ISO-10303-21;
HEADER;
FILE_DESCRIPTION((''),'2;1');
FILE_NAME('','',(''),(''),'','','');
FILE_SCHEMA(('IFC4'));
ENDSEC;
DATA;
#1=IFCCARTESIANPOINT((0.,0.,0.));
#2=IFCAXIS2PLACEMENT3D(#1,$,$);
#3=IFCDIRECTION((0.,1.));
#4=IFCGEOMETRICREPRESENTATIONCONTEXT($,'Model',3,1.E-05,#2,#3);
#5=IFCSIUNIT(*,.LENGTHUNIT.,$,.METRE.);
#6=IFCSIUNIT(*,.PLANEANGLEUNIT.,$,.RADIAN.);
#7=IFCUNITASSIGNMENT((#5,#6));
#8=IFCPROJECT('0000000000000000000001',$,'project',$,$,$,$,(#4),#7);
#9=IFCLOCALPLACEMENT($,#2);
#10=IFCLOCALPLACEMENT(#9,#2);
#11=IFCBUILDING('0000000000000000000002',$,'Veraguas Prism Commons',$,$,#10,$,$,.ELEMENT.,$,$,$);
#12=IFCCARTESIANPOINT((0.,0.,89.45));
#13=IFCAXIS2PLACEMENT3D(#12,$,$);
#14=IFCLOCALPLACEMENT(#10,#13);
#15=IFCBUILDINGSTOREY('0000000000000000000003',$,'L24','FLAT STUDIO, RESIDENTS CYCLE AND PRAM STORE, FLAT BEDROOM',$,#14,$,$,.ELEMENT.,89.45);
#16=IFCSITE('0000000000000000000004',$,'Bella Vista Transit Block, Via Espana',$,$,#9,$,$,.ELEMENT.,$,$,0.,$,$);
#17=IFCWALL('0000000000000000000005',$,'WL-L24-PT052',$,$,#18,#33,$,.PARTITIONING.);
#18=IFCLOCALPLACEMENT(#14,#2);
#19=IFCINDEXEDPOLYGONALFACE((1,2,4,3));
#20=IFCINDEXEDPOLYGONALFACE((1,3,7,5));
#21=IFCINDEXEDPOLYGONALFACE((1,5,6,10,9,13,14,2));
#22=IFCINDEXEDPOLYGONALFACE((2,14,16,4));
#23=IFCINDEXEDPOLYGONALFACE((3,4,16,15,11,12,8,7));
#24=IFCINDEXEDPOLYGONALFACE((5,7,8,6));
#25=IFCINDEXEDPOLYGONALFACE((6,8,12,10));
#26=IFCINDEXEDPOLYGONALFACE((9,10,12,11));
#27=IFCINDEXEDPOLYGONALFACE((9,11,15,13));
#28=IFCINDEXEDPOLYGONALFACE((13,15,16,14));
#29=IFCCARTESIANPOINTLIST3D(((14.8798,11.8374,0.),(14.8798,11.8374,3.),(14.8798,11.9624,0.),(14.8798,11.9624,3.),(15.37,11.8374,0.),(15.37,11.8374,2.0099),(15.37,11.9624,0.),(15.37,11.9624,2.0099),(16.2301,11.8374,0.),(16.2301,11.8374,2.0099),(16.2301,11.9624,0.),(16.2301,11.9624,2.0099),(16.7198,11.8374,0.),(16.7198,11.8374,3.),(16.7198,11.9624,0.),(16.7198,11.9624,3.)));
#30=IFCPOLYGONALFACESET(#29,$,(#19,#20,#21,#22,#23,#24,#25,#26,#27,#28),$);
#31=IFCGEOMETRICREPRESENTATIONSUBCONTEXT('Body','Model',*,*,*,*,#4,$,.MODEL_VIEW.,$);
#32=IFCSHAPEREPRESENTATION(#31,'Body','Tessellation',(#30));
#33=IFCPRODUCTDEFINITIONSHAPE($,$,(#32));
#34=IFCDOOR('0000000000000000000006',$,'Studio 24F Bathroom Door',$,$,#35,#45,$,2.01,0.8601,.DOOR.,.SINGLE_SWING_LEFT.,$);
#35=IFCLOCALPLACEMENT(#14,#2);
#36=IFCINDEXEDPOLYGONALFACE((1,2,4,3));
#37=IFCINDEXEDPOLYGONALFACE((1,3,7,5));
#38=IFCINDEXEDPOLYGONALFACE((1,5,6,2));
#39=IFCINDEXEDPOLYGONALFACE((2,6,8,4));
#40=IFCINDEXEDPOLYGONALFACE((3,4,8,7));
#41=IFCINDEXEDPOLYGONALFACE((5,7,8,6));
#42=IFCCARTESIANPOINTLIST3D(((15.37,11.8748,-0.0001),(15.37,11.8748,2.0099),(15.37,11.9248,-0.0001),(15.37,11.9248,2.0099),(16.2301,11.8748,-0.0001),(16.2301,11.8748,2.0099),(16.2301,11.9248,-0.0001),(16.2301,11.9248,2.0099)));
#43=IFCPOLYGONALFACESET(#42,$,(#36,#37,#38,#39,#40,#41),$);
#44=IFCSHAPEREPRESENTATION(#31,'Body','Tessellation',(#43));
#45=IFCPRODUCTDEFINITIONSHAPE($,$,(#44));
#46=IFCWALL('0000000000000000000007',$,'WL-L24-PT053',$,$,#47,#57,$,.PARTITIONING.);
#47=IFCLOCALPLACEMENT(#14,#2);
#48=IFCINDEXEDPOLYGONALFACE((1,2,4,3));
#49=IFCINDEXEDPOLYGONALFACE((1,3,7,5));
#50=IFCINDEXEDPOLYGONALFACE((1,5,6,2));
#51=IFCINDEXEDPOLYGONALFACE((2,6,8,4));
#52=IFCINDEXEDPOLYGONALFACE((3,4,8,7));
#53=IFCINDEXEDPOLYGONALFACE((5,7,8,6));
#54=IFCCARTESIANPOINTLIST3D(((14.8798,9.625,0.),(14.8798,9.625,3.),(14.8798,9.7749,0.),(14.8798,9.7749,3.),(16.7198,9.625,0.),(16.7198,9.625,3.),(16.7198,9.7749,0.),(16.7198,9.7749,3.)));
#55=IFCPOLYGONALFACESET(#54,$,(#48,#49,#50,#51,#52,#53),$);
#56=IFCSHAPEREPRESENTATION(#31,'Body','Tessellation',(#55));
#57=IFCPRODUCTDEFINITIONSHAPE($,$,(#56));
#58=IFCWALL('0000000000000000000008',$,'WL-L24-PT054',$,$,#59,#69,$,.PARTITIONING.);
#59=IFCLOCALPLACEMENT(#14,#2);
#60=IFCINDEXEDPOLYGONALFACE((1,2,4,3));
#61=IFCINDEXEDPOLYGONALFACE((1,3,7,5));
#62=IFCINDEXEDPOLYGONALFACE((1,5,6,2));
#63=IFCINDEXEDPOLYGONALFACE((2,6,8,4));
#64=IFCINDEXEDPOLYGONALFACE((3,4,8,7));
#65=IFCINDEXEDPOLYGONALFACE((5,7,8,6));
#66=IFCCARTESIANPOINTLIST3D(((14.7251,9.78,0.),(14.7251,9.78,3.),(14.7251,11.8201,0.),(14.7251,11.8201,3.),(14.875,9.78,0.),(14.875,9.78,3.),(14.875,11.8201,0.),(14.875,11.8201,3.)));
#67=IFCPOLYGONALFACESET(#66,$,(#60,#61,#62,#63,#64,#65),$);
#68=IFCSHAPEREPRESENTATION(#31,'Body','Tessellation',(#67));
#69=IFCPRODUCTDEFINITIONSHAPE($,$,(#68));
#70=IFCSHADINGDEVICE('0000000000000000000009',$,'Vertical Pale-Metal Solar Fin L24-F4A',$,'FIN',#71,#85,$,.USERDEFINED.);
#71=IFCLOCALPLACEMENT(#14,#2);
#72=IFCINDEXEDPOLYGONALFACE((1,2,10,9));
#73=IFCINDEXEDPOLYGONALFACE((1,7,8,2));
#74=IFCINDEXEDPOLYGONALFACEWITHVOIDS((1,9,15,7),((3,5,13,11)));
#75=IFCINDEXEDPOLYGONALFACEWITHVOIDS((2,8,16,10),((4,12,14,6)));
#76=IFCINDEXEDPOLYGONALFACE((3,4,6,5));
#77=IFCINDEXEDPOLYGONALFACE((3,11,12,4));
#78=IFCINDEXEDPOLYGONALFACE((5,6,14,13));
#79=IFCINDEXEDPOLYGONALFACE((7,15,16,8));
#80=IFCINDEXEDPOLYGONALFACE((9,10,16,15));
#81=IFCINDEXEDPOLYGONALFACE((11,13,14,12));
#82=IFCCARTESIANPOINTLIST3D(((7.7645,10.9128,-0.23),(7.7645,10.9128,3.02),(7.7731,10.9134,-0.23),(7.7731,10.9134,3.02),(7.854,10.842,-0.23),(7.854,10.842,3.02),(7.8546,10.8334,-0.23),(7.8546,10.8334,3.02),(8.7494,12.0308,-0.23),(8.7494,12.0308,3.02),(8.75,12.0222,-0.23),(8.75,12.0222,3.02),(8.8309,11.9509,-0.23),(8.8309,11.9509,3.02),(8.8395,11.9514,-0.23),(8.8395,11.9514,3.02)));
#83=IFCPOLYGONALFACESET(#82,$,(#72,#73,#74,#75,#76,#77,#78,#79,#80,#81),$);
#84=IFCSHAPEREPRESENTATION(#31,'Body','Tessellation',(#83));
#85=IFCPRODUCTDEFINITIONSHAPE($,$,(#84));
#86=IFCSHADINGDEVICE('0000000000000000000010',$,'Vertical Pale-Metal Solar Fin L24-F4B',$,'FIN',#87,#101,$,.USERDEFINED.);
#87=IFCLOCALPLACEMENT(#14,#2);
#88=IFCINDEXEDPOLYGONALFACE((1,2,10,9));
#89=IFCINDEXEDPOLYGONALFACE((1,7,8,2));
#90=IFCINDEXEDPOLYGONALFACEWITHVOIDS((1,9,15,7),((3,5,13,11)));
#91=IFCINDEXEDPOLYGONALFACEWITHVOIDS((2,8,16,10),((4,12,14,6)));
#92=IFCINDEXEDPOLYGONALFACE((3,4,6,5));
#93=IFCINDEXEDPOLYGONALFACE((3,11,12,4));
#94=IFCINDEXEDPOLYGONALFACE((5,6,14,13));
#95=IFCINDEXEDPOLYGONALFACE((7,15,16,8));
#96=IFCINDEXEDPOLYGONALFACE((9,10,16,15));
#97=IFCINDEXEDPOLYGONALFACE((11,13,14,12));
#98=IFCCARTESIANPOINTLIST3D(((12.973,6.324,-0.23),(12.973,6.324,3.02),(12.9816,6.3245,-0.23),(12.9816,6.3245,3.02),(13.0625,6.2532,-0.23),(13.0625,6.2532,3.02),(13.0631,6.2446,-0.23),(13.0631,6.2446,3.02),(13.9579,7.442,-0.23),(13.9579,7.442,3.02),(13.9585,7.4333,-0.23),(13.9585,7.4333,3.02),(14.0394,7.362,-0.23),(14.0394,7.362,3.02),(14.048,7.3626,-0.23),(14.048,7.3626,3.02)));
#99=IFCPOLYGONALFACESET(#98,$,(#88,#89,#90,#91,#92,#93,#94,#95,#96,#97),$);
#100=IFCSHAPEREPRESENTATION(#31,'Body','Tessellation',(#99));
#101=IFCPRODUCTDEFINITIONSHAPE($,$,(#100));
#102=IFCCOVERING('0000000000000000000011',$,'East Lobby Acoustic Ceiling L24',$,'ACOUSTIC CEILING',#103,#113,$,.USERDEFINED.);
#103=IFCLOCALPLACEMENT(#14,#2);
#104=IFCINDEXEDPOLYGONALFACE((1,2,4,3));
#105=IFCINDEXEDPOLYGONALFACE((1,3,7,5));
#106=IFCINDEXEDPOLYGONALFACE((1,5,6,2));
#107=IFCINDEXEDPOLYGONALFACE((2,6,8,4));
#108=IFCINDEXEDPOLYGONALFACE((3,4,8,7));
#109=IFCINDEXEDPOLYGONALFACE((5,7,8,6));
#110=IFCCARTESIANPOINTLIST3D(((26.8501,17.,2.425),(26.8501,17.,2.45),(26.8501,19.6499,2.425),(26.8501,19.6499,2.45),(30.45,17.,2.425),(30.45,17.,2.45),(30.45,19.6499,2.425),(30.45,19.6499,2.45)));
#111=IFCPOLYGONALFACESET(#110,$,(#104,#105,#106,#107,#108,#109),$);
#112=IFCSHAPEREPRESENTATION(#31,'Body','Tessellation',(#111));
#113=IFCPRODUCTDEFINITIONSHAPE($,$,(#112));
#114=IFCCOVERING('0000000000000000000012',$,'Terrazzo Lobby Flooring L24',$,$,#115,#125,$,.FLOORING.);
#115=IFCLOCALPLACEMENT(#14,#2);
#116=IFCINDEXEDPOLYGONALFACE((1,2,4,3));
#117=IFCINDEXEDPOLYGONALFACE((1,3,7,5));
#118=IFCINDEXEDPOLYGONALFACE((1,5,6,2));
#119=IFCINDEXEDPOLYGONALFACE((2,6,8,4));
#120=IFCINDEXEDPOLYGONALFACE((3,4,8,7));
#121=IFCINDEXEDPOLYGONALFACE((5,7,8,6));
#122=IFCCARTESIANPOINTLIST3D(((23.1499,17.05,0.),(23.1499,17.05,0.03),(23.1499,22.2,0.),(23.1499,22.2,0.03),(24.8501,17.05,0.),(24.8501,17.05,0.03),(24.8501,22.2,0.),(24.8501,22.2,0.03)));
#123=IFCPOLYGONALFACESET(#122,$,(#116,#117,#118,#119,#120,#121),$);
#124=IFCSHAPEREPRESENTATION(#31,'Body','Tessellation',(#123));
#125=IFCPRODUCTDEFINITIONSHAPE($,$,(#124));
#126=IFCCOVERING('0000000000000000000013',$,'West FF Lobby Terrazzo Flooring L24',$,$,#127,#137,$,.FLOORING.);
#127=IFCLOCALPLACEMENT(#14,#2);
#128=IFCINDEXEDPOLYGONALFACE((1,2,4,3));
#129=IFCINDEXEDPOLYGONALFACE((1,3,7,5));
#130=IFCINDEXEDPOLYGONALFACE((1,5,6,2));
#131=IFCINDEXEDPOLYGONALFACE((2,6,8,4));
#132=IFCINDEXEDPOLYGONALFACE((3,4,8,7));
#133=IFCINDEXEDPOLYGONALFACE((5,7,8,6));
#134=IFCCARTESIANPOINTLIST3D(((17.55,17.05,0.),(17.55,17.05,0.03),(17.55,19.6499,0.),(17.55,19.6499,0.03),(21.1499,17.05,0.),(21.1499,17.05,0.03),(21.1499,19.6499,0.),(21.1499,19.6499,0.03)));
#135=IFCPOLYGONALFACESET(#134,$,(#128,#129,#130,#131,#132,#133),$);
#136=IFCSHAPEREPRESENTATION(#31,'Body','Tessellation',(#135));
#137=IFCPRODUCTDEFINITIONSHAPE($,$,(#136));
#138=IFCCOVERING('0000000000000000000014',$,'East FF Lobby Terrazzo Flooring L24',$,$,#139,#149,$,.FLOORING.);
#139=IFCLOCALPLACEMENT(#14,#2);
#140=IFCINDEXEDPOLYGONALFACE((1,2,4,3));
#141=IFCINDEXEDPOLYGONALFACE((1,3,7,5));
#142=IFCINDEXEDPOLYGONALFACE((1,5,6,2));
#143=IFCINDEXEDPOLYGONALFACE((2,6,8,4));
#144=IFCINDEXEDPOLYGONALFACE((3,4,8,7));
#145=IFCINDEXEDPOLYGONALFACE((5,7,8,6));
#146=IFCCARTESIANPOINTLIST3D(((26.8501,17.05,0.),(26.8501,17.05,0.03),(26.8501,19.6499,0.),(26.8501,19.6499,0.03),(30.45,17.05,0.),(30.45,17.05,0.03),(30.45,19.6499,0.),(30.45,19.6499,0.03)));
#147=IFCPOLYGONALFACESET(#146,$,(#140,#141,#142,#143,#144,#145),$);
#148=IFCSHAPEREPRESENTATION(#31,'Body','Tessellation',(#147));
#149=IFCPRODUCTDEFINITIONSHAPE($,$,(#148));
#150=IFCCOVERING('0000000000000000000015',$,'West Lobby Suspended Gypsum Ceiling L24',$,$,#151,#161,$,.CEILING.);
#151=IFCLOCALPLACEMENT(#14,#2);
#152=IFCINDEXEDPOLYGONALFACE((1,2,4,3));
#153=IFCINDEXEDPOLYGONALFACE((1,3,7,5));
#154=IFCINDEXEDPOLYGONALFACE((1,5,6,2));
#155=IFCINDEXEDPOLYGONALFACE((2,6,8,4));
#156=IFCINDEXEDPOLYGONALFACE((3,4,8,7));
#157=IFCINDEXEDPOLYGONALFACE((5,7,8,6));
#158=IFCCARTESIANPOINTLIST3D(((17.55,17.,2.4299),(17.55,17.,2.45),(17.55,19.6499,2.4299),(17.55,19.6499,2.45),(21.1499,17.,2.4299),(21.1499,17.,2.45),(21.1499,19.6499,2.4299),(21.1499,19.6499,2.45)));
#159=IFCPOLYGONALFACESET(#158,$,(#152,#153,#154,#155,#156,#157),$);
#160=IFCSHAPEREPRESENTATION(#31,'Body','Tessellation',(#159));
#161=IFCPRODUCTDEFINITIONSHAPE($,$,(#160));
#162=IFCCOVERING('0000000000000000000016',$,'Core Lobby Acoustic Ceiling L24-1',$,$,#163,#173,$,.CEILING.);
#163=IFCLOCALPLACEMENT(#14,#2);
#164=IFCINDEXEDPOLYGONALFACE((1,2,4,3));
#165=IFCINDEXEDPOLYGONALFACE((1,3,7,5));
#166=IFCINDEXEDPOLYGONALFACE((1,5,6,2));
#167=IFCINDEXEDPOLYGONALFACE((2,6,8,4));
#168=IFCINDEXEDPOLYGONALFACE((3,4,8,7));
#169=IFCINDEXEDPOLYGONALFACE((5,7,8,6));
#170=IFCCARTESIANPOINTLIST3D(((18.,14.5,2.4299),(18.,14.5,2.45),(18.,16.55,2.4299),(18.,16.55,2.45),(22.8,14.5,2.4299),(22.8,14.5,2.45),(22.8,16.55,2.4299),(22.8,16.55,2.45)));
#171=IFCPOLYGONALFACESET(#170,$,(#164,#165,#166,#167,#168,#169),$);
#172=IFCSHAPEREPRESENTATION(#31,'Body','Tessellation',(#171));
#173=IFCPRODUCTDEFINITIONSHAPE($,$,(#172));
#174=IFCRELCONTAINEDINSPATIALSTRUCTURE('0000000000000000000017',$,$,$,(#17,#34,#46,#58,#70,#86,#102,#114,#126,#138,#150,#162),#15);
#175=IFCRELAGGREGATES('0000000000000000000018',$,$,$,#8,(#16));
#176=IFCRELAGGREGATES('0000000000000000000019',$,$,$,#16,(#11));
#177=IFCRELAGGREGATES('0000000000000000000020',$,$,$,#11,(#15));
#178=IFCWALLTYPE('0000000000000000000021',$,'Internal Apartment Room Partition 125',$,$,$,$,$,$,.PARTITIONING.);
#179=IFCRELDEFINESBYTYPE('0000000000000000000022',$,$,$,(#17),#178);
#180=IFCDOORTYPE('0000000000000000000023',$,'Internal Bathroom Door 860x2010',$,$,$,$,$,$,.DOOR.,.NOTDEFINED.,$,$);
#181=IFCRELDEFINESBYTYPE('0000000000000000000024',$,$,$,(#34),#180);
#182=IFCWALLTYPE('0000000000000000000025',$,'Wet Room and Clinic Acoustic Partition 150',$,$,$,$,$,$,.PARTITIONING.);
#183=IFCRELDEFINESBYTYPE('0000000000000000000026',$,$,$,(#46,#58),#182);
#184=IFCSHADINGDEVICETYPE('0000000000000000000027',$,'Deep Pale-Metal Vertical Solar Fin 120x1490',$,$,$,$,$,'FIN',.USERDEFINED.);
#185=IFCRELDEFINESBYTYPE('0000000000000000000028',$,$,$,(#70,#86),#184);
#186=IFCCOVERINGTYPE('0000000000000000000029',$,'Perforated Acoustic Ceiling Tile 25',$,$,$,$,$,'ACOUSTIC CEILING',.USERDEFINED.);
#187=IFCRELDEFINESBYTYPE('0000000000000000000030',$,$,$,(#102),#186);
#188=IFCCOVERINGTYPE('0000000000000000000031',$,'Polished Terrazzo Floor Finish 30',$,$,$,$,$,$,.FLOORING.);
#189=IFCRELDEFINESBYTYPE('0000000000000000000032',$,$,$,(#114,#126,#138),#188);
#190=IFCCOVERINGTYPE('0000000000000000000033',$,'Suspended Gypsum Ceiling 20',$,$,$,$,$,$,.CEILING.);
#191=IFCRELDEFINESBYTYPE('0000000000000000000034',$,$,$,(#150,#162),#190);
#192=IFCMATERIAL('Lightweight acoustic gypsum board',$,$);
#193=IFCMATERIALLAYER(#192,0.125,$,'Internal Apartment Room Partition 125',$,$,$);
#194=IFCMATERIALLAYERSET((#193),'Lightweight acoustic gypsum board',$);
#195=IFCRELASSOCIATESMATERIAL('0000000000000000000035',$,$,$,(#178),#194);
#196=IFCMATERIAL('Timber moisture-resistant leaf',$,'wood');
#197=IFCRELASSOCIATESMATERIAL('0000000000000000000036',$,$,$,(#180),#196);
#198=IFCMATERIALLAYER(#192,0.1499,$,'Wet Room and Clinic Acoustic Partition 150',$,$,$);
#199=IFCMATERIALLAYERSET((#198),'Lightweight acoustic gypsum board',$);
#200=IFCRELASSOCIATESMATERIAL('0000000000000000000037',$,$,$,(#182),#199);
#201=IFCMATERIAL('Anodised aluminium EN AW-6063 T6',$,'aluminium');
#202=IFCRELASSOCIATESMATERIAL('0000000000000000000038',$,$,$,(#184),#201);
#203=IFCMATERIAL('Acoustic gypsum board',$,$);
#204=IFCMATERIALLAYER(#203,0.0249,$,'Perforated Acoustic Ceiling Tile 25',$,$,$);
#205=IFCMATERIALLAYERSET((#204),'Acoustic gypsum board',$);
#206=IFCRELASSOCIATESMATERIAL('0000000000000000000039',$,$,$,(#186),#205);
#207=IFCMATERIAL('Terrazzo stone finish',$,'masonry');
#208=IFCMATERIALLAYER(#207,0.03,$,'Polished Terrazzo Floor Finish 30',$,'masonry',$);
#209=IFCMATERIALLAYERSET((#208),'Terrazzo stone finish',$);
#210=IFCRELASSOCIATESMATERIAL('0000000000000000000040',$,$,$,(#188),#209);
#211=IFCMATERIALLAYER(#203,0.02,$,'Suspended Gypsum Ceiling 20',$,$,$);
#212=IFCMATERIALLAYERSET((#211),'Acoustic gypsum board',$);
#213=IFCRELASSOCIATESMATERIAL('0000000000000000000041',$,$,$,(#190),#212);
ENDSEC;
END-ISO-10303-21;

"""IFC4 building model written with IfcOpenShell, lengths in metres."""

from ifc_helpers import new_model, si_unit, direction, frame, frame_2d, origin, origin_2d, place, context, subcontext, project, spatial, polyline, rectangle, hollow_rectangle, outline, extrude, source, transform, mapped, material, layer, layer_set, material_profile, profile_set, type_object, element, fill, save


model = new_model("IFC4")

# Units and contexts
model_context = context("Model", 3, precision=1e-05, world=origin(), true_north=direction((0.0, 1.0)))
body_context = subcontext(model_context, "Body", "Model", "MODEL_VIEW")
ifc_project = project(units=[si_unit("LENGTHUNIT", "METRE"), si_unit("PLANEANGLEUNIT", "RADIAN")], contexts=[model_context])

# Site, building, storey
site_placement = place(None, origin())
site = spatial("IfcSite", under=ifc_project, at=site_placement, Name="Bella Vista Transit Block, Via Espana", CompositionType="ELEMENT", RefElevation=0.0)
building_placement = place(site_placement, origin())
building = spatial("IfcBuilding", under=site, at=building_placement, Name="Veraguas Prism Commons", CompositionType="ELEMENT")
storey_placement = place(building_placement, frame((0.0, 0.0, 89.45)))
storey = spatial("IfcBuildingStorey", under=building, at=storey_placement, Name="L24", Description="FLAT STUDIO, RESIDENTS CYCLE AND PRAM STORE, FLAT BEDROOM", CompositionType="ELEMENT", Elevation=89.45)

# Shared definitions
ifc_material_1 = material(Name="Anodised aluminium EN AW-6063 T6", Category="aluminium")

# Shared definitions
ifc_material_2 = material(Name="Lightweight acoustic gypsum board")
ifc_layer_1 = layer(ifc_material_2, 0.125, Name="Internal Apartment Room Partition 125")
ifc_layer_set_1 = layer_set([ifc_layer_1], Name="Lightweight acoustic gypsum board")
wall_type_1 = type_object("IfcWallType", Name="Internal Apartment Room Partition 125", PredefinedType="PARTITIONING", material=ifc_layer_set_1)

# Wall, opening, door
wall_1_placement = place(storey_placement, frame((14.8799, 11.8999, 0.0), z_axis=(0.0, 0.0, 1.0), x_axis=(1.0, 0.0, 0.0)))
wall_1 = element("IfcWall", 1, at=wall_1_placement, inside=storey, type_object=wall_type_1, Name="WL-L24-PT052", PredefinedType="PARTITIONING", context=body_context, shape_type="SweptSolid", body=[
    extrude(rectangle(XDim=1.8401, YDim=0.125, at=frame_2d((0.9199, 0.0))), origin(), (0.0, 0.0, 1.0), 3.0),
])
opening_1_placement = place(wall_1_placement, frame((0.49, 0.0, 0.0)))
opening_1 = element("IfcOpeningElement", 2, at=opening_1_placement, cuts=wall_1, PredefinedType="OPENING", context=body_context, shape_type="SweptSolid", body=[
    extrude(rectangle(XDim=0.8601, YDim=2.01, at=frame_2d((0.4302, 1.0049))), frame((0.0, 0.0725, 0.0), z_axis=(0.0, -1.0, 0.0), x_axis=(1.0, 0.0, 0.0)), (0.0, 0.0, 1.0), 0.145),
])
ifc_material_3 = material(Name="Timber moisture-resistant leaf", Category="wood")
door_type_1 = type_object("IfcDoorType", Name="Internal Bathroom Door 860x2010", OperationType="NOTDEFINED", PredefinedType="DOOR", material=ifc_material_3)
shared_shape_1 = source(origin(), body_context, "Body", "SweptSolid", [
    extrude(rectangle(XDim=0.8601, YDim=2.01, at=frame_2d((0.4302, 1.0049))), frame((0.0, 0.0249, 0.0), z_axis=(0.0, -1.0, 0.0), x_axis=(1.0, 0.0, 0.0)), (0.0, 0.0, 1.0), 0.05),
])
door_1_placement = place(opening_1_placement, origin())
door_1 = element("IfcDoor", 3, at=door_1_placement, inside=storey, type_object=door_type_1, Name="Studio 24F Bathroom Door", OperationType="SINGLE_SWING_LEFT", OverallHeight=2.01, OverallWidth=0.8601, PredefinedType="DOOR", context=body_context, shape_type="MappedRepresentation", body=[
    mapped(shared_shape_1, transform((0.0, 0.0, 0.0), scale=1.0)),
])
fill(opening_1, door_1)

# Walls
ifc_layer_2 = layer(ifc_material_2, 0.1499, Name="Wet Room and Clinic Acoustic Partition 150")
ifc_layer_set_2 = layer_set([ifc_layer_2], Name="Lightweight acoustic gypsum board")
wall_type_2 = type_object("IfcWallType", Name="Wet Room and Clinic Acoustic Partition 150", PredefinedType="PARTITIONING", material=ifc_layer_set_2)
wall_2_placement = place(storey_placement, frame((14.8799, 9.7, 0.0), z_axis=(0.0, 0.0, 1.0), x_axis=(1.0, 0.0, 0.0)))
element("IfcWall", 4, at=wall_2_placement, inside=storey, type_object=wall_type_2, Name="WL-L24-PT053", PredefinedType="PARTITIONING", context=body_context, shape_type="SweptSolid", body=[
    extrude(rectangle(XDim=1.8401, YDim=0.1499, at=frame_2d((0.9199, 0.0))), origin(), (0.0, 0.0, 1.0), 3.0),
])
wall_3_placement = place(storey_placement, frame((14.8, 9.78, 0.0), z_axis=(0.0, 0.0, 1.0), x_axis=(0.0, 1.0, 0.0)))
element("IfcWall", 5, at=wall_3_placement, inside=storey, type_object=wall_type_2, Name="WL-L24-PT054", PredefinedType="PARTITIONING", context=body_context, shape_type="SweptSolid", body=[
    extrude(rectangle(XDim=2.04, YDim=0.1499, at=frame_2d((1.02, 0.0))), origin(), (0.0, 0.0, 1.0), 3.0),
])

# Shading devices
ifc_material_profile_1 = material_profile(ifc_material_1, hollow_rectangle(XDim=0.1201, YDim=1.49, WallThickness=0.0061, at=origin_2d()), Name="FIN120X1490X6")
ifc_profile_set_1 = profile_set([ifc_material_profile_1], Name="Anodised aluminium EN AW-6063 T6")
shading_device_type = type_object("IfcShadingDeviceType", Name="Deep Pale-Metal Vertical Solar Fin 120x1490", ElementType="FIN", PredefinedType="USERDEFINED", material=ifc_profile_set_1)
for number, where, z_axis, x_axis, name in (
    (6, (8.302, 11.4321, -0.23), (0.0, 0.0, 1.0), (0.750338, -0.661054, 0.0), "Vertical Pale-Metal Solar Fin L24-F4A"),
    (7, (13.5105, 6.8433, -0.23), (0.0, 0.0, 1.0), (0.750338, -0.661054, 0.0), "Vertical Pale-Metal Solar Fin L24-F4B"),
):
    element("IfcShadingDevice", number, at=place(storey_placement, frame(where, z_axis=z_axis, x_axis=x_axis)), inside=storey, type_object=shading_device_type, Name=name, ObjectType="FIN", PredefinedType="USERDEFINED", context=body_context, shape_type="SweptSolid", body=[
        extrude(hollow_rectangle(XDim=0.1201, YDim=1.49, WallThickness=0.0061, at=origin_2d()), origin(), (0.0, 0.0, 1.0), 3.25),
    ])

# Coverings
ifc_material_4 = material(Name="Acoustic gypsum board")
ifc_layer_3 = layer(ifc_material_4, 0.0249, Name="Perforated Acoustic Ceiling Tile 25")
ifc_layer_set_3 = layer_set([ifc_layer_3], Name="Acoustic gypsum board")
covering_type_1 = type_object("IfcCoveringType", Name="Perforated Acoustic Ceiling Tile 25", ElementType="ACOUSTIC CEILING", PredefinedType="USERDEFINED", material=ifc_layer_set_3)
covering_1_placement = place(storey_placement, frame((0.0, 0.0, 2.425)))
element("IfcCovering", 8, at=covering_1_placement, inside=storey, type_object=covering_type_1, Name="East Lobby Acoustic Ceiling L24", ObjectType="ACOUSTIC CEILING", PredefinedType="USERDEFINED", context=body_context, shape_type="SweptSolid", body=[
    extrude(outline(polyline([(26.8501, 17.0), (30.45, 17.0), (30.45, 19.6499), (26.8501, 19.6499), (26.8501, 17.0)])), origin(), (0.0, 0.0, 1.0), 0.0249),
])
ifc_material_5 = material(Name="Terrazzo stone finish", Category="masonry")
ifc_layer_4 = layer(ifc_material_5, 0.03, Name="Polished Terrazzo Floor Finish 30", Category="masonry")
ifc_layer_set_4 = layer_set([ifc_layer_4], Name="Terrazzo stone finish")
covering_type_2 = type_object("IfcCoveringType", Name="Polished Terrazzo Floor Finish 30", PredefinedType="FLOORING", material=ifc_layer_set_4)
covering_2_placement = place(storey_placement, origin())
element("IfcCovering", 9, at=covering_2_placement, inside=storey, type_object=covering_type_2, Name="Terrazzo Lobby Flooring L24", PredefinedType="FLOORING", context=body_context, shape_type="SweptSolid", body=[
    extrude(outline(polyline([(23.1499, 17.05), (24.8501, 17.05), (24.8501, 22.2), (23.1499, 22.2), (23.1499, 17.05)])), origin(), (0.0, 0.0, 1.0), 0.03),
])
covering_3_placement = place(storey_placement, origin())
element("IfcCovering", 10, at=covering_3_placement, inside=storey, type_object=covering_type_2, Name="West FF Lobby Terrazzo Flooring L24", PredefinedType="FLOORING", context=body_context, shape_type="SweptSolid", body=[
    extrude(outline(polyline([(17.55, 17.05), (21.1499, 17.05), (21.1499, 19.6499), (17.55, 19.6499), (17.55, 17.05)])), origin(), (0.0, 0.0, 1.0), 0.03),
])
covering_4_placement = place(storey_placement, origin())
element("IfcCovering", 11, at=covering_4_placement, inside=storey, type_object=covering_type_2, Name="East FF Lobby Terrazzo Flooring L24", PredefinedType="FLOORING", context=body_context, shape_type="SweptSolid", body=[
    extrude(outline(polyline([(26.8501, 17.05), (30.45, 17.05), (30.45, 19.6499), (26.8501, 19.6499), (26.8501, 17.05)])), origin(), (0.0, 0.0, 1.0), 0.03),
])
ifc_layer_5 = layer(ifc_material_4, 0.02, Name="Suspended Gypsum Ceiling 20")
ifc_layer_set_5 = layer_set([ifc_layer_5], Name="Acoustic gypsum board")
covering_type_3 = type_object("IfcCoveringType", Name="Suspended Gypsum Ceiling 20", PredefinedType="CEILING", material=ifc_layer_set_5)
covering_5_placement = place(storey_placement, frame((0.0, 0.0, 2.4299)))
element("IfcCovering", 12, at=covering_5_placement, inside=storey, type_object=covering_type_3, Name="West Lobby Suspended Gypsum Ceiling L24", PredefinedType="CEILING", context=body_context, shape_type="SweptSolid", body=[
    extrude(outline(polyline([(17.55, 17.0), (21.1499, 17.0), (21.1499, 19.6499), (17.55, 19.6499), (17.55, 17.0)])), origin(), (0.0, 0.0, 1.0), 0.02),
])
covering_6_placement = place(storey_placement, frame((0.0, 0.0, 2.4299)))
element("IfcCovering", 13, at=covering_6_placement, inside=storey, type_object=covering_type_3, Name="Core Lobby Acoustic Ceiling L24-1", PredefinedType="CEILING", context=body_context, shape_type="SweptSolid", body=[
    extrude(outline(polyline([(18.0, 14.5), (22.8, 14.5), (22.8, 16.55), (18.0, 16.55), (18.0, 14.5)])), origin(), (0.0, 0.0, 1.0), 0.02),
])

save(model, "model.ifc")
